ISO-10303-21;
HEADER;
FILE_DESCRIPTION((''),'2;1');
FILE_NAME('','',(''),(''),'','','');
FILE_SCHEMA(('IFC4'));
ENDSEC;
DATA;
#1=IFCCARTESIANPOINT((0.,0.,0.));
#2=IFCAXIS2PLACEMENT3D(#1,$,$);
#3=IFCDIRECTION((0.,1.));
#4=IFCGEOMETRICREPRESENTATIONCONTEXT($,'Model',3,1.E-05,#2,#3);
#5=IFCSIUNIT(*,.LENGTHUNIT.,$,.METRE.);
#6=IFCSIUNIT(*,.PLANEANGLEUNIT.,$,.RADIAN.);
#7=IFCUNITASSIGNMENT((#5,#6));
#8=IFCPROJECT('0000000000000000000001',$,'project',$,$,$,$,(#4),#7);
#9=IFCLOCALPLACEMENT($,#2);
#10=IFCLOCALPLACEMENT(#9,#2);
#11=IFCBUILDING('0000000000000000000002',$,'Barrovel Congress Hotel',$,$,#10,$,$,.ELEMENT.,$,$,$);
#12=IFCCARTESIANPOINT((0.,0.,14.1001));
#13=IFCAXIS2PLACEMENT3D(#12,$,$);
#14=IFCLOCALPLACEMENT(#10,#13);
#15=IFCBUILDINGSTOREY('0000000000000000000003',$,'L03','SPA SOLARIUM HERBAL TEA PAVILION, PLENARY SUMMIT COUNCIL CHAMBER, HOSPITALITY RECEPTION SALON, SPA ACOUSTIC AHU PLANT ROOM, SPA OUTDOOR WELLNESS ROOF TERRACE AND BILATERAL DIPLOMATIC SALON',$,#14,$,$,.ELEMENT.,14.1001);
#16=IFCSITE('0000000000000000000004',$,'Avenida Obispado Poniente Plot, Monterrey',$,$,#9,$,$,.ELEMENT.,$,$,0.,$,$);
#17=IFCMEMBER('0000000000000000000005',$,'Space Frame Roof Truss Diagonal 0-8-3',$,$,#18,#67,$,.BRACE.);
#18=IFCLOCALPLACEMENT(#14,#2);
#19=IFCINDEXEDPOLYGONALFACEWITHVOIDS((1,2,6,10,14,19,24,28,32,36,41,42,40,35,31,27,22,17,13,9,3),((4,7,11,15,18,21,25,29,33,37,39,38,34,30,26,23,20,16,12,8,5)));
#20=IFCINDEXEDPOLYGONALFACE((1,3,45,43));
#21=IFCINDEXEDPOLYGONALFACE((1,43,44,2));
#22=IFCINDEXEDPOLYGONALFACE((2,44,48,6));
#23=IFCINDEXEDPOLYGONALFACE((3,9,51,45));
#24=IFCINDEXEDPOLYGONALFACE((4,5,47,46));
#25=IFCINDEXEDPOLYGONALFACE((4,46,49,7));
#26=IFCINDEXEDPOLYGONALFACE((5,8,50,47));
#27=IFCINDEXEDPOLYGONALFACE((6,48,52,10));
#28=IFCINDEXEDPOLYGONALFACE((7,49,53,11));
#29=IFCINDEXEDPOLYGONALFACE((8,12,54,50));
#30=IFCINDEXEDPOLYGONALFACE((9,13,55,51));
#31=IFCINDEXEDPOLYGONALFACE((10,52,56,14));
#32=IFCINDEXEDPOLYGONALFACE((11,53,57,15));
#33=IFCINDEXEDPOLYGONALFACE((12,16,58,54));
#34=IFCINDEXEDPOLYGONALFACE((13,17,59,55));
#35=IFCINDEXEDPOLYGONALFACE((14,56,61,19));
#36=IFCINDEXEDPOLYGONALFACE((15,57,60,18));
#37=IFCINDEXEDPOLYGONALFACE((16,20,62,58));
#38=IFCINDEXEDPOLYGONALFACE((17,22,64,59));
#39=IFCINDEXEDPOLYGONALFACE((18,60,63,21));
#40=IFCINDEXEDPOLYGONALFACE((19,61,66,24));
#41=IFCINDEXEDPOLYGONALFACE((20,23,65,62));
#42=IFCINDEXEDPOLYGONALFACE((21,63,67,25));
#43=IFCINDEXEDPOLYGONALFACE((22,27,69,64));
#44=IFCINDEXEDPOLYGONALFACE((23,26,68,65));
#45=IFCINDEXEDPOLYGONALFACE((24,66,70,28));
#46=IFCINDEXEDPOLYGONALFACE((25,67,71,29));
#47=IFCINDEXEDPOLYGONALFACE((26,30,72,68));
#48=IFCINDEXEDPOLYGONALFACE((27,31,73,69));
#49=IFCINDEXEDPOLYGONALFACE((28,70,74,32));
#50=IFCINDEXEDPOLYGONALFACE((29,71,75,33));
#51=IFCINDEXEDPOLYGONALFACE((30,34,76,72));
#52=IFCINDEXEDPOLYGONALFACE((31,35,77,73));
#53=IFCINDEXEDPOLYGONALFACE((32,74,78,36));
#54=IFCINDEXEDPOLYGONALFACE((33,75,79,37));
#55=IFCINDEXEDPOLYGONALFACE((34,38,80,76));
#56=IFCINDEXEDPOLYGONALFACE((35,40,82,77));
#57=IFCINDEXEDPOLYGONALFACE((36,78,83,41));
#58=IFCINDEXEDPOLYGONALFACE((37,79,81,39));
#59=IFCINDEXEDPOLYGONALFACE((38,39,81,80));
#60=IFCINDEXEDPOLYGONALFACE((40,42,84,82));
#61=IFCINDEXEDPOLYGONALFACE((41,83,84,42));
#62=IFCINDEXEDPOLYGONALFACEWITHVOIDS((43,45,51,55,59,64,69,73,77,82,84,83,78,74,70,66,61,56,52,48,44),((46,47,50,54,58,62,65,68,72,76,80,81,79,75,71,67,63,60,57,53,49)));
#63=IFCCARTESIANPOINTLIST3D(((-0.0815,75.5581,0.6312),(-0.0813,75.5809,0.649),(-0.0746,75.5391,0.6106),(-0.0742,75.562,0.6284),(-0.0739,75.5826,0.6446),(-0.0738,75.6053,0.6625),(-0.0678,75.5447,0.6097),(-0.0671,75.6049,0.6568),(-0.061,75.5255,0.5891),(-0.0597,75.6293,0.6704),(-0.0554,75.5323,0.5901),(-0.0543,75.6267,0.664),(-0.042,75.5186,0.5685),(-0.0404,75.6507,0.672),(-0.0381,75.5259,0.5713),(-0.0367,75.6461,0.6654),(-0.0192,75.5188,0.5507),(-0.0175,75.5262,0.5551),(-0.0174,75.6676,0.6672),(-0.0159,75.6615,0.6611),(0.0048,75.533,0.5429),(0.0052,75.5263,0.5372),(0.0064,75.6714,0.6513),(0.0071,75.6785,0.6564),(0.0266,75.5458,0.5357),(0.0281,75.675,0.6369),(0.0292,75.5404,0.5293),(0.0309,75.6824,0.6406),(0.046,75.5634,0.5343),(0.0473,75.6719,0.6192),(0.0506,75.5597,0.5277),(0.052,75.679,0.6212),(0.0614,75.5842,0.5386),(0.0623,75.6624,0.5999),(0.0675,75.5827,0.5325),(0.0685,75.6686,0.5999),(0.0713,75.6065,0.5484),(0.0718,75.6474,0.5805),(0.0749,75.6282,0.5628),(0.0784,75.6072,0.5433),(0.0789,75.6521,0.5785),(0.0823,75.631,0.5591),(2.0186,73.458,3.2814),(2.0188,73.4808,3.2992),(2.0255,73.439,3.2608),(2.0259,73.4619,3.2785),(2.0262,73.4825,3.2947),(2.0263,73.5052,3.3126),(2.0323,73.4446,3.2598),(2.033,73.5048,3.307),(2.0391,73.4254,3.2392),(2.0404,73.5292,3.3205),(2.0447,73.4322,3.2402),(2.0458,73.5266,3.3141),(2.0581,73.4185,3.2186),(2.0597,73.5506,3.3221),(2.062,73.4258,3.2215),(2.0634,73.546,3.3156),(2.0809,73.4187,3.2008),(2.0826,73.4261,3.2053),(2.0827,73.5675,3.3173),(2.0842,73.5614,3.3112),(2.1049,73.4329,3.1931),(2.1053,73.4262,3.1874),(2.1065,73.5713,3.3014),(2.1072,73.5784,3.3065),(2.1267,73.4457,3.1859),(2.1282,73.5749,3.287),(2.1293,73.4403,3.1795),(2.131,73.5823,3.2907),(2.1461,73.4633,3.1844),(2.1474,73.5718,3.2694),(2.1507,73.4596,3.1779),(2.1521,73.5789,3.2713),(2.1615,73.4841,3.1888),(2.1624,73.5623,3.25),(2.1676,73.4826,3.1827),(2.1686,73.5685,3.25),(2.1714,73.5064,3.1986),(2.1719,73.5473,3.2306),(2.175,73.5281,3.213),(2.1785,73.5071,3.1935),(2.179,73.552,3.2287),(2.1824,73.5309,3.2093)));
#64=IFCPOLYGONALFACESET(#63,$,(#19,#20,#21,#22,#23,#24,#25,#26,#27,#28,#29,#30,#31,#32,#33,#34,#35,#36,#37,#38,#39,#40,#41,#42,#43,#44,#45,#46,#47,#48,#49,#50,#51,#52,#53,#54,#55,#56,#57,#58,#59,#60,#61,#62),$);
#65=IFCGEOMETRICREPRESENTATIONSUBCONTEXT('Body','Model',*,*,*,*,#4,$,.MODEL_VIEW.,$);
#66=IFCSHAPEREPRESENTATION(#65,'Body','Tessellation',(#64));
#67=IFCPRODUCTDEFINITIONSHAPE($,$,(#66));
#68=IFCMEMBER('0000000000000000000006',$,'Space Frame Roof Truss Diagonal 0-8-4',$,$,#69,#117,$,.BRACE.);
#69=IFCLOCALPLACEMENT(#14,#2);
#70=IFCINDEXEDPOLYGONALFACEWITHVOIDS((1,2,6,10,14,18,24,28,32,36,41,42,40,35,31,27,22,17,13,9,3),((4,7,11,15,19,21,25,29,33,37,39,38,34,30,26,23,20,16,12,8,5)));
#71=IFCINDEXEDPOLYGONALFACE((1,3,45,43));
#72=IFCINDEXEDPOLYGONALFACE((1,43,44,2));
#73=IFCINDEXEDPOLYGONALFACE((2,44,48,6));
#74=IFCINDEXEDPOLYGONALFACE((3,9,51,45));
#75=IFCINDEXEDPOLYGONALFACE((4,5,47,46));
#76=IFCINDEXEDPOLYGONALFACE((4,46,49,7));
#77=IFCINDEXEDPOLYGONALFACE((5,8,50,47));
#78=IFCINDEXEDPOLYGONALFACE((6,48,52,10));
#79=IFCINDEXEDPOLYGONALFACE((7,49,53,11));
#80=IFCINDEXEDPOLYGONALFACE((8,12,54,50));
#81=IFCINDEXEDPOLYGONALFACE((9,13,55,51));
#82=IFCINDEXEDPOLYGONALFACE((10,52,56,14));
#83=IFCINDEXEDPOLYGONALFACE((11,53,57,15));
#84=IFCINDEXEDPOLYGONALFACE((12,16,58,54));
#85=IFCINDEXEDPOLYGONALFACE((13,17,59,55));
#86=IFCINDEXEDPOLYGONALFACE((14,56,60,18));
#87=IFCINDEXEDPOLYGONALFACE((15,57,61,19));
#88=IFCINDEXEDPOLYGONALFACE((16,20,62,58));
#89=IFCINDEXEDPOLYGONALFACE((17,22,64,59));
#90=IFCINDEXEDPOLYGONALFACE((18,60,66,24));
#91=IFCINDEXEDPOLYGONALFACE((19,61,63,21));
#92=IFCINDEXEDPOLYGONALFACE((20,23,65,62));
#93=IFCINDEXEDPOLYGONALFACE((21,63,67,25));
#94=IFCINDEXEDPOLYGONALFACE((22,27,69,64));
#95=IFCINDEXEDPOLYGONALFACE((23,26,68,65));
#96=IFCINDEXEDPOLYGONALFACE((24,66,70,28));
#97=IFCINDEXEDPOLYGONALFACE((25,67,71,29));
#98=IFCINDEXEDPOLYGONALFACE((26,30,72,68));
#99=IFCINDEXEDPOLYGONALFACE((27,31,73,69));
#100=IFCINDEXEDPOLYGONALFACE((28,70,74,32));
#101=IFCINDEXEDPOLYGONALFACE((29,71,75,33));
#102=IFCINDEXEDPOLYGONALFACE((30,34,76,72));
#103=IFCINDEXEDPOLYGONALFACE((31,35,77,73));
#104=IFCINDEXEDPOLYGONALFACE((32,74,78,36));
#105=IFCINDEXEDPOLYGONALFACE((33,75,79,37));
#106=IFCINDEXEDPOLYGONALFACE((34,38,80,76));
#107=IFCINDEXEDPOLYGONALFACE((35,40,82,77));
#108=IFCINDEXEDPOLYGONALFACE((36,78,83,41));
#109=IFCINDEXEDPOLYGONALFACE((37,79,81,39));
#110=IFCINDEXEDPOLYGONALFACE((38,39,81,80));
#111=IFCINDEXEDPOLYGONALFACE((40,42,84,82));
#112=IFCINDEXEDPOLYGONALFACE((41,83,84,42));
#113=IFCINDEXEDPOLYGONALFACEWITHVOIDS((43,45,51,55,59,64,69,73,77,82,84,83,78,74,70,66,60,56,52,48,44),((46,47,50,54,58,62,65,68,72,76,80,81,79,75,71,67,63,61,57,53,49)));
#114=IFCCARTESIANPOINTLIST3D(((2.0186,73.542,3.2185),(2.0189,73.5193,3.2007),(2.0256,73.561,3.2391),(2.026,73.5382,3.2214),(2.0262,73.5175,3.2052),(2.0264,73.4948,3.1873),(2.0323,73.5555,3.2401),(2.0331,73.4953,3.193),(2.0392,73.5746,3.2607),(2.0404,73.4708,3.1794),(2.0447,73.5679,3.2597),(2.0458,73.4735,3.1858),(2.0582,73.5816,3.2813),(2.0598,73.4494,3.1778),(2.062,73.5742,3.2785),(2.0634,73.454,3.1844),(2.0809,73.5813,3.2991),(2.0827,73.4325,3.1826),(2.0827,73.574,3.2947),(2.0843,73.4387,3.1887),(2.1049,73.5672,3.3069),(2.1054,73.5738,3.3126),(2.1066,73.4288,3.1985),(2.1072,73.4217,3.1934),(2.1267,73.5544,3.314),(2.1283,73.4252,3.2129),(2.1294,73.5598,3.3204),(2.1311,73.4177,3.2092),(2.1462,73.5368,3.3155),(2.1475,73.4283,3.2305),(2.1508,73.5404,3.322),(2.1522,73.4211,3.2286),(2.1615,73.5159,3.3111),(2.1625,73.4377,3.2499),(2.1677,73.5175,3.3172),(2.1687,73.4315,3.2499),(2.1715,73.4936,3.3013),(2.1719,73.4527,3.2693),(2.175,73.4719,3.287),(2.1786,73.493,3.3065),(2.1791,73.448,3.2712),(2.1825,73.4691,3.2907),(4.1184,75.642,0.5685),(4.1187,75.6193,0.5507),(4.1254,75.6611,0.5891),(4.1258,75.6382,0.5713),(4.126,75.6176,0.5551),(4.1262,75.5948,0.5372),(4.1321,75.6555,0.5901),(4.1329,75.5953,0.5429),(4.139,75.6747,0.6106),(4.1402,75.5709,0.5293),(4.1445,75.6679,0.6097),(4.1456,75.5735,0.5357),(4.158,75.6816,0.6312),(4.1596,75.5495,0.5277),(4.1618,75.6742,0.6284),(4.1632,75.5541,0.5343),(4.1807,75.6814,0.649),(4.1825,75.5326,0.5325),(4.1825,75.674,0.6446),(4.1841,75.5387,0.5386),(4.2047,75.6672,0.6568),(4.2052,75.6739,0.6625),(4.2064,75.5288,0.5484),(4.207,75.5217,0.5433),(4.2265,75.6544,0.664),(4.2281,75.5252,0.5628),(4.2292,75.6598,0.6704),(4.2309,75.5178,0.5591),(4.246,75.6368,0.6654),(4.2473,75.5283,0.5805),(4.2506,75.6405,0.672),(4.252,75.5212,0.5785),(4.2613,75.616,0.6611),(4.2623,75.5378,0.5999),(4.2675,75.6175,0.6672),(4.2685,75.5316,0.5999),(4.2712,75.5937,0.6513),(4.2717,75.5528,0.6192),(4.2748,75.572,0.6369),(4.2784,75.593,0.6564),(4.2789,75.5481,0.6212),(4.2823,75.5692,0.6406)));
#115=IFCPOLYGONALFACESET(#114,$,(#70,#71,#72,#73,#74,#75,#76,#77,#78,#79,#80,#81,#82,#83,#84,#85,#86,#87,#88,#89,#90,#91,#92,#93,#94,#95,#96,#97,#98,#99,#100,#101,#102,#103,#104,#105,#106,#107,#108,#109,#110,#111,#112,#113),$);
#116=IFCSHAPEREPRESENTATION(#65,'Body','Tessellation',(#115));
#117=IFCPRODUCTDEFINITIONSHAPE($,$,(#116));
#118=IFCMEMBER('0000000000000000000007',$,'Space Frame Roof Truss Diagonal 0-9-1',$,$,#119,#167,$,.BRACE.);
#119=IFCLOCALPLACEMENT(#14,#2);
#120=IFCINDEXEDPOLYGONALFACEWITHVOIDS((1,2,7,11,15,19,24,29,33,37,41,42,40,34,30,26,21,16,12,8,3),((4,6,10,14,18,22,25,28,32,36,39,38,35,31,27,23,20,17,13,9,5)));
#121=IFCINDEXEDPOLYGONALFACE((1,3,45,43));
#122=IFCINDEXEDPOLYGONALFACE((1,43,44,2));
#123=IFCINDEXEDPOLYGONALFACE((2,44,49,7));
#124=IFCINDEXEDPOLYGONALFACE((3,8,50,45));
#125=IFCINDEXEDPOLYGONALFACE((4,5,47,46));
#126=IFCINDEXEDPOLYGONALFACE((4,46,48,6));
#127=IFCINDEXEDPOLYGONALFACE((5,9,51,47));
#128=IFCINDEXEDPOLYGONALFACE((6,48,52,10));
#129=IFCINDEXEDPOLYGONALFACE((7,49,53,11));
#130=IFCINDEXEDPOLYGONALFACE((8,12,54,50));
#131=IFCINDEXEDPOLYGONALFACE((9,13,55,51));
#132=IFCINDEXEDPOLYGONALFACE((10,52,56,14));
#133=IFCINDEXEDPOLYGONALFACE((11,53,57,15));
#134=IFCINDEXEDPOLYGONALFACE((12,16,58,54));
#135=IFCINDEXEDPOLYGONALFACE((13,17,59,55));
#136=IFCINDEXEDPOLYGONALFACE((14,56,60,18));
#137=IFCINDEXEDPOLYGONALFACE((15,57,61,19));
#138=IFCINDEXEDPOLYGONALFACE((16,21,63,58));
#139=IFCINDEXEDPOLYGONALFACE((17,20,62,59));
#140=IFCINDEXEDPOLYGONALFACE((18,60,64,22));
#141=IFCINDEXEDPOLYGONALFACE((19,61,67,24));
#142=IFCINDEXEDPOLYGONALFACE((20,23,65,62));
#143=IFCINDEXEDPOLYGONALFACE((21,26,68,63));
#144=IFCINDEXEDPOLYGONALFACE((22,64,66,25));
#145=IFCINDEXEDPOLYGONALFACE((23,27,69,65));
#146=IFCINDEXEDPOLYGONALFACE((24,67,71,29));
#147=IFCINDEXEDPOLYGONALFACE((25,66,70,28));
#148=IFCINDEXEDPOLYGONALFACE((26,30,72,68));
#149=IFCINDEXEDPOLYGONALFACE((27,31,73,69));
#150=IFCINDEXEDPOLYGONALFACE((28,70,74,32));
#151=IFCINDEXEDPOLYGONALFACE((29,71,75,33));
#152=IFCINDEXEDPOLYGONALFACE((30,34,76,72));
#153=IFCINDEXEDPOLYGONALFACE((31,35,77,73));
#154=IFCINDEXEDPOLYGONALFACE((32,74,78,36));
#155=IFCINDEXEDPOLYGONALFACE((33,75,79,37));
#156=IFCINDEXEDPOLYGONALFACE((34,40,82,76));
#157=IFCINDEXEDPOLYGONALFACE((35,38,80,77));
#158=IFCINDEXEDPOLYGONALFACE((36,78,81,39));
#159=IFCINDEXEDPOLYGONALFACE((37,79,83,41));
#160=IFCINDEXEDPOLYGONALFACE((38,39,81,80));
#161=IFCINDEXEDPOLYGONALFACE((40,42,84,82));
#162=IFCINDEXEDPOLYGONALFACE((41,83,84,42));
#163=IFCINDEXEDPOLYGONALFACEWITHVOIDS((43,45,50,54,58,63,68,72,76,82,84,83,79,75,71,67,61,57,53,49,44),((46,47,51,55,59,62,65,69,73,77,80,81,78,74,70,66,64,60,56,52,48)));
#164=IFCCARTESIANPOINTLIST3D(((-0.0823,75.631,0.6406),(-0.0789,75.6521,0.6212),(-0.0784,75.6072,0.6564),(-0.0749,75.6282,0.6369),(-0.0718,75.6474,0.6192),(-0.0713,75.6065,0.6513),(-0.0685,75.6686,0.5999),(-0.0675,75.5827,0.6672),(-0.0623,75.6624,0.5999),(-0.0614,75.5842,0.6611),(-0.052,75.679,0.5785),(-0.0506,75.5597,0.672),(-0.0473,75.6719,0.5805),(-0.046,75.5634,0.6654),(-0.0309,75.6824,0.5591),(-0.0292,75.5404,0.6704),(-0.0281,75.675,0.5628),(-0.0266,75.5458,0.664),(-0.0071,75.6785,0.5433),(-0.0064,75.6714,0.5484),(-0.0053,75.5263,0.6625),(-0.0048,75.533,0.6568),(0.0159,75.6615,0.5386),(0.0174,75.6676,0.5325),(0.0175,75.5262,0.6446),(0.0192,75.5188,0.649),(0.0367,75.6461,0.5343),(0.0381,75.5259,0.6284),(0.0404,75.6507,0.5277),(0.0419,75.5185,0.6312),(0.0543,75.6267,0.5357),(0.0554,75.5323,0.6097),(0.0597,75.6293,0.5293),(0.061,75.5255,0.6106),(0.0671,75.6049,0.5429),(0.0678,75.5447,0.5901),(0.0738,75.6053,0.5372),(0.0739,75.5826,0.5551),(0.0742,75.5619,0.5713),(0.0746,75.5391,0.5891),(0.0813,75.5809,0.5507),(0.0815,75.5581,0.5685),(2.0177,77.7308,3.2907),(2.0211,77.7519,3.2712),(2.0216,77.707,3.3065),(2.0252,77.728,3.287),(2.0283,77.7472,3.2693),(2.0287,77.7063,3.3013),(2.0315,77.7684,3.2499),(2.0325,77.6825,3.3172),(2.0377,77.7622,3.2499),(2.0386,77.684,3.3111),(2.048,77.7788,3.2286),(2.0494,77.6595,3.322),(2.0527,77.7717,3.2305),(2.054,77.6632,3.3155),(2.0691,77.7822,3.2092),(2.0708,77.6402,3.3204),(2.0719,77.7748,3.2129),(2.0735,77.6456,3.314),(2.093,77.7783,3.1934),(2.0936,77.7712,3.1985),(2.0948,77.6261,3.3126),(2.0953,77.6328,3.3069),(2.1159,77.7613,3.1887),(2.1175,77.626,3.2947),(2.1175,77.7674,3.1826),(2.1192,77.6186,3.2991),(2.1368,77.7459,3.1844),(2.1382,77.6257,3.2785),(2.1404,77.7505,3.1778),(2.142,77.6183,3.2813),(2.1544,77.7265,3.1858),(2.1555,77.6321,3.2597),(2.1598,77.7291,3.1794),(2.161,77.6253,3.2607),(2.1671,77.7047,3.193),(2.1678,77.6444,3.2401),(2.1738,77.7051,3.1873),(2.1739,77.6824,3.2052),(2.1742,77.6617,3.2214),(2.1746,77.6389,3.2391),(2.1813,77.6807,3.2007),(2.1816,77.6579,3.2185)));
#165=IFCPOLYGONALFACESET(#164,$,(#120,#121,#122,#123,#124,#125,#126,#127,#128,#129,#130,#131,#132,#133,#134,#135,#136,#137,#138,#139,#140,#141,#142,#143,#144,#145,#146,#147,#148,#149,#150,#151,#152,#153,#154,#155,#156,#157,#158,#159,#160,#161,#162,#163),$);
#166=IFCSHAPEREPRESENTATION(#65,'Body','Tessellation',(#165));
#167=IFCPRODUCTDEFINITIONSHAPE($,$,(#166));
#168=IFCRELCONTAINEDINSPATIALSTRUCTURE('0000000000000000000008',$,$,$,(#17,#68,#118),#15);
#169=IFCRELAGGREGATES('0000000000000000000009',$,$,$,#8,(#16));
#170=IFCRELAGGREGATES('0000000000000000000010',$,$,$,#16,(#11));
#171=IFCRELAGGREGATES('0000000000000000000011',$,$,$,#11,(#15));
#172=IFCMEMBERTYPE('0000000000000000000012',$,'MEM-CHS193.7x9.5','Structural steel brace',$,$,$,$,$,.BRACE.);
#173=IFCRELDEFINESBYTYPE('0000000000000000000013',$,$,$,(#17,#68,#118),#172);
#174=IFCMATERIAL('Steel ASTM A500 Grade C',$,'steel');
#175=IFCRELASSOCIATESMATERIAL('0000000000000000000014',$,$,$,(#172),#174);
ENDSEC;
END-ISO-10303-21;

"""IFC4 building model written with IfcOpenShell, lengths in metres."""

from ifc_helpers import new_model, si_unit, direction, frame, origin, origin_2d, place, context, subcontext, project, spatial, hollow_circle, extrude, material, material_profile, profile_set, type_object, element, save


model = new_model("IFC4")

# Units and contexts
model_context = context("Model", 3, precision=1e-05, world=origin(), true_north=direction((0.0, 1.0)))
body_context = subcontext(model_context, "Body", "Model", "MODEL_VIEW")
ifc_project = project(units=[si_unit("LENGTHUNIT", "METRE"), si_unit("PLANEANGLEUNIT", "RADIAN")], contexts=[model_context])

# Site, building, storey
site_placement = place(None, origin())
site = spatial("IfcSite", under=ifc_project, at=site_placement, Name="Avenida Obispado Poniente Plot, Monterrey", CompositionType="ELEMENT", RefElevation=0.0)
building_placement = place(site_placement, origin())
building = spatial("IfcBuilding", under=site, at=building_placement, Name="Barrovel Congress Hotel", CompositionType="ELEMENT")
storey_placement = place(building_placement, frame((0.0, 0.0, 14.1001)))
storey = spatial("IfcBuildingStorey", under=building, at=storey_placement, Name="L03", Description="SPA SOLARIUM HERBAL TEA PAVILION, PLENARY SUMMIT COUNCIL CHAMBER, HOSPITALITY RECEPTION SALON, SPA ACOUSTIC AHU PLANT ROOM, SPA OUTDOOR WELLNESS ROOF TERRACE AND BILATERAL DIPLOMATIC SALON", CompositionType="ELEMENT", Elevation=14.1001)

# Members
ifc_material_1 = material(Name="Steel ASTM A500 Grade C", Category="steel")
ifc_material_profile_1 = material_profile(ifc_material_1, hollow_circle(Radius=0.0969, WallThickness=0.0088, at=origin_2d()), Name="CHS193.7x9.5")
ifc_profile_set_1 = profile_set([ifc_material_profile_1], Name="Steel ASTM A500 Grade C")
member_type_1 = type_object("IfcMemberType", Name="MEM-CHS193.7x9.5", Description="Structural steel brace", PredefinedType="BRACE", material=ifc_profile_set_1)
member_1_placement = place(storey_placement, frame((0.0, 75.6001, 0.5999), z_axis=(0.527601, -0.527601, 0.665788), x_axis=(0.707107, 0.707107, 0.0)))
element("IfcMember", 1, at=member_1_placement, inside=storey, type_object=member_type_1, Name="Space Frame Roof Truss Diagonal 0-8-3", PredefinedType="BRACE", context=body_context, shape_type="SweptSolid", body=[
    extrude(hollow_circle(Radius=0.0969, WallThickness=0.0088, at=origin_2d()), origin(), (0.0, 0.0, 1.0), 3.9805),
])
for number, where, z_axis, x_axis, name in (
    (2, (4.2, 75.6001, 0.5999), (-0.527557, -0.527618, 0.66581), (0.707148, -0.707066, 0.0), "Space Frame Roof Truss Diagonal 0-8-4"),
    (3, (0.0, 75.6001, 0.5999), (0.527618, 0.527557, 0.66581), (-0.707066, 0.707148, 0.0), "Space Frame Roof Truss Diagonal 0-9-1"),
):
    element("IfcMember", number, at=place(storey_placement, frame(where, z_axis=z_axis, x_axis=x_axis)), inside=storey, type_object=member_type_1, Name=name, PredefinedType="BRACE", context=body_context, shape_type="SweptSolid", body=[
        extrude(hollow_circle(Radius=0.0969, WallThickness=0.0088, at=origin_2d()), origin(), (0.0, 0.0, 1.0), 3.9802),
    ])

save(model, "model.ifc")
